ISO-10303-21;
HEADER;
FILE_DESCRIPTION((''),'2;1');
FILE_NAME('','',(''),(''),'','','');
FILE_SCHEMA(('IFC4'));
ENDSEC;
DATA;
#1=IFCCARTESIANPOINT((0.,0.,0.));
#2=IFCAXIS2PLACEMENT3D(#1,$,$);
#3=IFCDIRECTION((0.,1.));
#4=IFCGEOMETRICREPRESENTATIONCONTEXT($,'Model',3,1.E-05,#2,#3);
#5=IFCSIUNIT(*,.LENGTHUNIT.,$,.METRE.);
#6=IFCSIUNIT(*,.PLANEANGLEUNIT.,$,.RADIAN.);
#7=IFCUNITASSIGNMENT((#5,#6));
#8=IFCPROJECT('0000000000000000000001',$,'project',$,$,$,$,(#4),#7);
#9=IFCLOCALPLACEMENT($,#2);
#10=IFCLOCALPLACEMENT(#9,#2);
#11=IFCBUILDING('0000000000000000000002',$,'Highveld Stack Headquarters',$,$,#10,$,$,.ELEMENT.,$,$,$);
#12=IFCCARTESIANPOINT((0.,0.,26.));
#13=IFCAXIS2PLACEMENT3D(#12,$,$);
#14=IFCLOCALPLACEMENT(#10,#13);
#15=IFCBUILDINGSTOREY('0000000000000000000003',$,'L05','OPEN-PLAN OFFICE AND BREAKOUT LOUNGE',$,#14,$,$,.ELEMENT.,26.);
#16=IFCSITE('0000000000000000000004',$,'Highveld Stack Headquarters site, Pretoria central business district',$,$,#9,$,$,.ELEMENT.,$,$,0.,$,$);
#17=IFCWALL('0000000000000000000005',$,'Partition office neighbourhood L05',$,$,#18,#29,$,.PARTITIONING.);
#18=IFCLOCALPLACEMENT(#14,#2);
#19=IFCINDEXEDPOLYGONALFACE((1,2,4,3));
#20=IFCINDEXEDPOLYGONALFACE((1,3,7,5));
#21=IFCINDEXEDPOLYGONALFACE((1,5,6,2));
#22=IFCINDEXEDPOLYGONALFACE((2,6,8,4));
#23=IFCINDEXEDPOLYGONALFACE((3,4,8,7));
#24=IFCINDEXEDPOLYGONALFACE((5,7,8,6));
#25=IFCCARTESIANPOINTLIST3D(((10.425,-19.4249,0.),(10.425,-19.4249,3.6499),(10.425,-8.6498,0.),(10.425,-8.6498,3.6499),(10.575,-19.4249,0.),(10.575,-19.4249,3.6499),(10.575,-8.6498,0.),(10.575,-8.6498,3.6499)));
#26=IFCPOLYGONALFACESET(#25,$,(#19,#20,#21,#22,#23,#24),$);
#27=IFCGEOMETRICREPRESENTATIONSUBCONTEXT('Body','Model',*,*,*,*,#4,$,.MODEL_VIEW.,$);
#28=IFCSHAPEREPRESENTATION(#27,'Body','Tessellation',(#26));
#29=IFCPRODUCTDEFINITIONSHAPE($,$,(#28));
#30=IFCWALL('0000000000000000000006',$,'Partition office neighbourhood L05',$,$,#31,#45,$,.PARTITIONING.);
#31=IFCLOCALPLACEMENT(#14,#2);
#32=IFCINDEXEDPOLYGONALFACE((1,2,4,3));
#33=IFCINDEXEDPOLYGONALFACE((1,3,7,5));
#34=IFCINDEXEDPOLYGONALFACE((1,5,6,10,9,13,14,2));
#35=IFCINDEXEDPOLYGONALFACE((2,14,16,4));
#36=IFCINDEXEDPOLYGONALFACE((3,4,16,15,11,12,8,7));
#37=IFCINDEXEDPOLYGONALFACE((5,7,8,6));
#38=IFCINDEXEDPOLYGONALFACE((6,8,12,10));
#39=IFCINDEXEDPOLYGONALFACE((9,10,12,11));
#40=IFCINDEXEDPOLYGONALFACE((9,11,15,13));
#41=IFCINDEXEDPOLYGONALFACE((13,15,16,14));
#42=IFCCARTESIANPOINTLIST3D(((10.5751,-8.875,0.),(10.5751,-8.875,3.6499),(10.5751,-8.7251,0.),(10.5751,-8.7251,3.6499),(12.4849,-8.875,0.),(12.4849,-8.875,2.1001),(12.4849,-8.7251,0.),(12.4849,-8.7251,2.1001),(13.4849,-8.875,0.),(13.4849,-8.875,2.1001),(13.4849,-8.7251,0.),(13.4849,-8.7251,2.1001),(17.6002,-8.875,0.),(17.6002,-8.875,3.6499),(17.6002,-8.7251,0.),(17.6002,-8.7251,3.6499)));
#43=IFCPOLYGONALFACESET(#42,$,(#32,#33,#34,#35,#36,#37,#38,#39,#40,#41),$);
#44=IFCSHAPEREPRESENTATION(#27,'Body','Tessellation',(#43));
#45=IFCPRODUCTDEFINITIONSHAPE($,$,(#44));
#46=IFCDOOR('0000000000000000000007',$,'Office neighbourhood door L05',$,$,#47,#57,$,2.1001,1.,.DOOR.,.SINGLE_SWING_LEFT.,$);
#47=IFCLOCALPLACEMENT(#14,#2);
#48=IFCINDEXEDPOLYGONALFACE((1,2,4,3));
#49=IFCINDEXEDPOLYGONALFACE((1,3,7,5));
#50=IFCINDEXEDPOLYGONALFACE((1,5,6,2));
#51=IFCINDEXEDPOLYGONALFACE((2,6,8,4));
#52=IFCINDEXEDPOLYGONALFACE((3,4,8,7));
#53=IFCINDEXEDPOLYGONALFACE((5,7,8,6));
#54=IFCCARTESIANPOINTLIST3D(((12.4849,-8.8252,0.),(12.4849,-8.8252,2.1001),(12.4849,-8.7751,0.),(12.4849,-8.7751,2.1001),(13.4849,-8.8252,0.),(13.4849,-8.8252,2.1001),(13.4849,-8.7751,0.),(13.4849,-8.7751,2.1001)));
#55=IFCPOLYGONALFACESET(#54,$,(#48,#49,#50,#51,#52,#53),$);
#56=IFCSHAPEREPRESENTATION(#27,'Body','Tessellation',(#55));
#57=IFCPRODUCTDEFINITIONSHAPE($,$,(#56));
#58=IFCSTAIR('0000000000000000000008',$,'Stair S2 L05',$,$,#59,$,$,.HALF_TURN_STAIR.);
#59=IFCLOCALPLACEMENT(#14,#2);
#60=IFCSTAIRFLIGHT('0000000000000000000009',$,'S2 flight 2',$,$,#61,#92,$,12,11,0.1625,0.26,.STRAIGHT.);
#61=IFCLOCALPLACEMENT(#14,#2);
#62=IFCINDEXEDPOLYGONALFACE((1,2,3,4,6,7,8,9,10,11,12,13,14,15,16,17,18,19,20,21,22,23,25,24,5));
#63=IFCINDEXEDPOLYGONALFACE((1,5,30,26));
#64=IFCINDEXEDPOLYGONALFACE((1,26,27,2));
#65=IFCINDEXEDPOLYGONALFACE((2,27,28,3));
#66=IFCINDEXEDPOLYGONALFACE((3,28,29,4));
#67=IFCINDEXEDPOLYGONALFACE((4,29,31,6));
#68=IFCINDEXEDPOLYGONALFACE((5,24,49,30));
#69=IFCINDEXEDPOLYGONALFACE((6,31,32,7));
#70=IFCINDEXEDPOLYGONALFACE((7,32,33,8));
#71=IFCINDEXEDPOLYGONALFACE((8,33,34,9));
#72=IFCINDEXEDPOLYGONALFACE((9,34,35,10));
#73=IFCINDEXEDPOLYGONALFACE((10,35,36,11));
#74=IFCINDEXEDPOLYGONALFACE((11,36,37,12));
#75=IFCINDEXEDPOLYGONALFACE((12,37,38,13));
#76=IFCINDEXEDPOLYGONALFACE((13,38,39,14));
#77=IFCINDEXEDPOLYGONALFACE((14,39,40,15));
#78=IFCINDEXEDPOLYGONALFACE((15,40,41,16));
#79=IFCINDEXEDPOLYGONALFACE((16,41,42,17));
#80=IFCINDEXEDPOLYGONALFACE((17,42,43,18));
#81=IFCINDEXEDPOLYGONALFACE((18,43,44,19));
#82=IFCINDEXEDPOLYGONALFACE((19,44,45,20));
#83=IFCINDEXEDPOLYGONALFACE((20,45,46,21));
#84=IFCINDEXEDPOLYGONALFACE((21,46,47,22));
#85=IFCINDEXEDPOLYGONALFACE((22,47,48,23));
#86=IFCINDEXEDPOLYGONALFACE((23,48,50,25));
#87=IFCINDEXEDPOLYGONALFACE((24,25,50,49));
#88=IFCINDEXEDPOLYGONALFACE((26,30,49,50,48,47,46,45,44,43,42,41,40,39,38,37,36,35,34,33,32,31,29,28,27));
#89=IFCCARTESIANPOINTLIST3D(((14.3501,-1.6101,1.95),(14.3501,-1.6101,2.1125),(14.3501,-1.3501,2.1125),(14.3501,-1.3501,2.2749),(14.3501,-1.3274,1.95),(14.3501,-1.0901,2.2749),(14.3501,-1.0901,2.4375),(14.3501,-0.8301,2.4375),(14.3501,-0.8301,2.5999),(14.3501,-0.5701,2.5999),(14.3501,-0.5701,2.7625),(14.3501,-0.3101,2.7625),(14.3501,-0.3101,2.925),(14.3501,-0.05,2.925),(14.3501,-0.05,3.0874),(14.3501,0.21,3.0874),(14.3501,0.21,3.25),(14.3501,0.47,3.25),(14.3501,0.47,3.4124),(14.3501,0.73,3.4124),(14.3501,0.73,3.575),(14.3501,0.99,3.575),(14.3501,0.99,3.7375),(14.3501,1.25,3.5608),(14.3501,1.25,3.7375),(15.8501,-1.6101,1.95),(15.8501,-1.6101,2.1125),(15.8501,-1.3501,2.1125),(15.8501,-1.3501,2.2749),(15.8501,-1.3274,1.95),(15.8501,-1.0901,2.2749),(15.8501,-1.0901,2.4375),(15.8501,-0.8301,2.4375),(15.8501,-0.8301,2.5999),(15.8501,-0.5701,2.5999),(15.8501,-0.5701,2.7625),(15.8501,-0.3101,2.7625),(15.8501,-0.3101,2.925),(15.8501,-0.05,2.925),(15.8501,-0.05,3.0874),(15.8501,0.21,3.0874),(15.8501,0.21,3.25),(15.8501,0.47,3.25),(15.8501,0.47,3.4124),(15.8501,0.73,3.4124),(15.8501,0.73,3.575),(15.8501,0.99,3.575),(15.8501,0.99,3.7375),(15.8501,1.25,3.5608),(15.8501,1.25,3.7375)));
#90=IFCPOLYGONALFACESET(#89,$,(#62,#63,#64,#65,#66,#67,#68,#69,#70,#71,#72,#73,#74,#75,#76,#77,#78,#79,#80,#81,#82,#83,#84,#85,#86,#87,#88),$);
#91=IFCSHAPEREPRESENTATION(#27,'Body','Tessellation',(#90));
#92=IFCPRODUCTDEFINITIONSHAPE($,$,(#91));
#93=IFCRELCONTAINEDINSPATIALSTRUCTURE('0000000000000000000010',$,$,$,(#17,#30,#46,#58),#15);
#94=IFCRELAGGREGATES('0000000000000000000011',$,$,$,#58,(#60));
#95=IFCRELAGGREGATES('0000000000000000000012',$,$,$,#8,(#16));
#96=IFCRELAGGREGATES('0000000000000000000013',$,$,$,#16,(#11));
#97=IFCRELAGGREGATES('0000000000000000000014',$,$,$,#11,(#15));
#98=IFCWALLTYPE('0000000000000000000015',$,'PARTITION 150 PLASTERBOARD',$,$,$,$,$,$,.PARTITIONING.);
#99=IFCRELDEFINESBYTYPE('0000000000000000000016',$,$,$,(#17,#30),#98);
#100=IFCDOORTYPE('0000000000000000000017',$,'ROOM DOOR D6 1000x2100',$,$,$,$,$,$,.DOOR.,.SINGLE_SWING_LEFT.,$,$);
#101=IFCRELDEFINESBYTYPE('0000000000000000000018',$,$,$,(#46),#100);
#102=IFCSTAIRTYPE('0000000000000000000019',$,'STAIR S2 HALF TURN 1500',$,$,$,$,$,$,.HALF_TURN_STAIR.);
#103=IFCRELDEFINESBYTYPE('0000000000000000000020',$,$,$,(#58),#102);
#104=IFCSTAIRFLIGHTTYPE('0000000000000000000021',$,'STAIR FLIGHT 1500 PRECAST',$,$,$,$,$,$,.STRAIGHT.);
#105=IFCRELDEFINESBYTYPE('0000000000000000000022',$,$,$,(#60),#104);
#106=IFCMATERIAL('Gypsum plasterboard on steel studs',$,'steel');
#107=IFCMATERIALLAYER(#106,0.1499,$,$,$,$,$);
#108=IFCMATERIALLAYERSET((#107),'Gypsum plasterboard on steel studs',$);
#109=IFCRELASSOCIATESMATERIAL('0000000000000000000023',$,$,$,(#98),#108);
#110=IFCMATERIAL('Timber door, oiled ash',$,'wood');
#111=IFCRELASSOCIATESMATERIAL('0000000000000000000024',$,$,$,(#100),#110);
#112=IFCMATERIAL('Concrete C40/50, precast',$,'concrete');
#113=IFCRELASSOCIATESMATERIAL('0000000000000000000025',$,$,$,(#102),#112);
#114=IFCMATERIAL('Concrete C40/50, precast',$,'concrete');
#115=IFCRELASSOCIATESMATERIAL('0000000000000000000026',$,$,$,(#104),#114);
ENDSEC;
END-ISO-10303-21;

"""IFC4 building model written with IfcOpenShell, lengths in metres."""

from ifc_helpers import new_model, si_unit, direction, frame, frame_2d, origin, place, context, subcontext, project, spatial, polyline, rectangle, outline, extrude, material, layer, layer_set, type_object, element, fill, aggregate, save


model = new_model("IFC4")

# Units and contexts
model_context = context("Model", 3, precision=1e-05, world=origin(), true_north=direction((0.0, 1.0)))
body_context = subcontext(model_context, "Body", "Model", "MODEL_VIEW")
ifc_project = project(units=[si_unit("LENGTHUNIT", "METRE"), si_unit("PLANEANGLEUNIT", "RADIAN")], contexts=[model_context])

# Site, building, storey
site_placement = place(None, origin())
site = spatial("IfcSite", under=ifc_project, at=site_placement, Name="Highveld Stack Headquarters site, Pretoria central business district", CompositionType="ELEMENT", RefElevation=0.0)
building_placement = place(site_placement, origin())
building = spatial("IfcBuilding", under=site, at=building_placement, Name="Highveld Stack Headquarters", CompositionType="ELEMENT")
storey_placement = place(building_placement, frame((0.0, 0.0, 26.0)))
storey = spatial("IfcBuildingStorey", under=building, at=storey_placement, Name="L05", Description="OPEN-PLAN OFFICE AND BREAKOUT LOUNGE", CompositionType="ELEMENT", Elevation=26.0)

# Shared definitions
ifc_material_1 = material(Name="Gypsum plasterboard on steel studs", Category="steel")
ifc_layer_1 = layer(ifc_material_1, 0.1499)
ifc_layer_set_1 = layer_set([ifc_layer_1], Name="Gypsum plasterboard on steel studs")
wall_type_1 = type_object("IfcWallType", Name="PARTITION 150 PLASTERBOARD", PredefinedType="PARTITIONING", material=ifc_layer_set_1)
ifc_material_2 = material(Name="Timber door, oiled ash", Category="wood")
door_type = type_object("IfcDoorType", Name="ROOM DOOR D6 1000x2100", OperationType="SINGLE_SWING_LEFT", PredefinedType="DOOR", material=ifc_material_2)

# Wall
wall_1_placement = place(storey_placement, frame((10.5, -19.425, 0.0), z_axis=(0.0, 0.0, 1.0), x_axis=(0.0, 1.0, 0.0)))
element("IfcWall", 1, at=wall_1_placement, inside=storey, type_object=wall_type_1, Name="Partition office neighbourhood L05", PredefinedType="PARTITIONING", context=body_context, shape_type="SweptSolid", body=[
    extrude(rectangle(XDim=10.7751, YDim=0.1499, at=frame_2d((5.3877, 0.0))), origin(), (0.0, 0.0, 1.0), 3.6499),
])

# Wall, opening, door
wall_2_placement = place(storey_placement, frame((10.575, -8.8, 0.0), z_axis=(0.0, 0.0, 1.0), x_axis=(1.0, 0.0, 0.0)))
wall_2 = element("IfcWall", 2, at=wall_2_placement, inside=storey, type_object=wall_type_1, Name="Partition office neighbourhood L05", PredefinedType="PARTITIONING", context=body_context, shape_type="SweptSolid", body=[
    extrude(rectangle(XDim=7.0251, YDim=0.1499, at=frame_2d((3.5127, 0.0))), origin(), (0.0, 0.0, 1.0), 3.6499),
])
opening_1_placement = place(wall_2_placement, frame((1.9099, 0.0, 0.0)))
opening_1 = element("IfcOpeningElement", 3, at=opening_1_placement, cuts=wall_2, PredefinedType="OPENING", context=body_context, shape_type="SweptSolid", body=[
    extrude(rectangle(XDim=1.0, YDim=2.1001, at=frame_2d((0.5, 1.05))), frame((0.0, 0.085, 0.0), z_axis=(0.0, -1.0, 0.0), x_axis=(1.0, 0.0, 0.0)), (0.0, 0.0, 1.0), 0.1699),
])
door_1_placement = place(opening_1_placement, origin())
door_1 = element("IfcDoor", 4, at=door_1_placement, inside=storey, type_object=door_type, Name="Office neighbourhood door L05", OperationType="SINGLE_SWING_LEFT", OverallHeight=2.1001, OverallWidth=1.0, PredefinedType="DOOR", context=body_context, shape_type="SweptSolid", body=[
    extrude(rectangle(XDim=1.0, YDim=2.1001, at=frame_2d((0.5, 1.05))), frame((0.0, 0.0249, 0.0), z_axis=(0.0, -1.0, 0.0), x_axis=(1.0, 0.0, 0.0)), (0.0, 0.0, 1.0), 0.05),
])
fill(opening_1, door_1)

# Stair, stair flight
ifc_material_3 = material(Name="Concrete C40/50, precast", Category="concrete")
stair_type = type_object("IfcStairType", Name="STAIR S2 HALF TURN 1500", PredefinedType="HALF_TURN_STAIR", material=ifc_material_3)
stair_placement = place(storey_placement, origin())
stair = element("IfcStair", 5, at=stair_placement, inside=storey, type_object=stair_type, Name="Stair S2 L05", PredefinedType="HALF_TURN_STAIR")
ifc_material_4 = material(Name="Concrete C40/50, precast", Category="concrete")
stair_flight_type = type_object("IfcStairFlightType", Name="STAIR FLIGHT 1500 PRECAST", PredefinedType="STRAIGHT", material=ifc_material_4)
stair_flight_placement = place(storey_placement, frame((15.1001, -1.6101, 1.95), z_axis=(0.0, 0.0, 1.0), x_axis=(0.0, 1.0, 0.0)))
stair_flight = element("IfcStairFlight", 6, at=stair_flight_placement, type_object=stair_flight_type, Name="S2 flight 2", NumberOfRisers=12, NumberOfTreads=11, PredefinedType="STRAIGHT", RiserHeight=0.1625, TreadLength=0.26, context=body_context, shape_type="SweptSolid", body=[
    extrude(outline(polyline([(0.0, 0.0), (0.0, 0.1626), (0.26, 0.1626), (0.26, 0.325), (0.52, 0.325), (0.52, 0.4875), (0.78, 0.4875), (0.78, 0.6499), (1.04, 0.6499), (1.04, 0.8125), (1.3, 0.8125), (1.3, 0.9751), (1.5601, 0.9751), (1.5601, 1.1375), (1.8201, 1.1375), (1.8201, 1.3), (2.0801, 1.3), (2.0801, 1.4624), (2.3401, 1.4624), (2.3401, 1.625), (2.6001, 1.625), (2.6001, 1.7876), (2.8601, 1.7876), (2.8601, 1.95), (2.8601, 1.6108), (0.2827, 0.0), (0.0, 0.0)])), frame((0.0, 0.75, 0.0), z_axis=(0.0, -1.0, 0.0), x_axis=(1.0, 0.0, 0.0)), (0.0, 0.0, 1.0), 1.5),
])
aggregate(stair, [stair_flight])

save(model, "model.ifc")
